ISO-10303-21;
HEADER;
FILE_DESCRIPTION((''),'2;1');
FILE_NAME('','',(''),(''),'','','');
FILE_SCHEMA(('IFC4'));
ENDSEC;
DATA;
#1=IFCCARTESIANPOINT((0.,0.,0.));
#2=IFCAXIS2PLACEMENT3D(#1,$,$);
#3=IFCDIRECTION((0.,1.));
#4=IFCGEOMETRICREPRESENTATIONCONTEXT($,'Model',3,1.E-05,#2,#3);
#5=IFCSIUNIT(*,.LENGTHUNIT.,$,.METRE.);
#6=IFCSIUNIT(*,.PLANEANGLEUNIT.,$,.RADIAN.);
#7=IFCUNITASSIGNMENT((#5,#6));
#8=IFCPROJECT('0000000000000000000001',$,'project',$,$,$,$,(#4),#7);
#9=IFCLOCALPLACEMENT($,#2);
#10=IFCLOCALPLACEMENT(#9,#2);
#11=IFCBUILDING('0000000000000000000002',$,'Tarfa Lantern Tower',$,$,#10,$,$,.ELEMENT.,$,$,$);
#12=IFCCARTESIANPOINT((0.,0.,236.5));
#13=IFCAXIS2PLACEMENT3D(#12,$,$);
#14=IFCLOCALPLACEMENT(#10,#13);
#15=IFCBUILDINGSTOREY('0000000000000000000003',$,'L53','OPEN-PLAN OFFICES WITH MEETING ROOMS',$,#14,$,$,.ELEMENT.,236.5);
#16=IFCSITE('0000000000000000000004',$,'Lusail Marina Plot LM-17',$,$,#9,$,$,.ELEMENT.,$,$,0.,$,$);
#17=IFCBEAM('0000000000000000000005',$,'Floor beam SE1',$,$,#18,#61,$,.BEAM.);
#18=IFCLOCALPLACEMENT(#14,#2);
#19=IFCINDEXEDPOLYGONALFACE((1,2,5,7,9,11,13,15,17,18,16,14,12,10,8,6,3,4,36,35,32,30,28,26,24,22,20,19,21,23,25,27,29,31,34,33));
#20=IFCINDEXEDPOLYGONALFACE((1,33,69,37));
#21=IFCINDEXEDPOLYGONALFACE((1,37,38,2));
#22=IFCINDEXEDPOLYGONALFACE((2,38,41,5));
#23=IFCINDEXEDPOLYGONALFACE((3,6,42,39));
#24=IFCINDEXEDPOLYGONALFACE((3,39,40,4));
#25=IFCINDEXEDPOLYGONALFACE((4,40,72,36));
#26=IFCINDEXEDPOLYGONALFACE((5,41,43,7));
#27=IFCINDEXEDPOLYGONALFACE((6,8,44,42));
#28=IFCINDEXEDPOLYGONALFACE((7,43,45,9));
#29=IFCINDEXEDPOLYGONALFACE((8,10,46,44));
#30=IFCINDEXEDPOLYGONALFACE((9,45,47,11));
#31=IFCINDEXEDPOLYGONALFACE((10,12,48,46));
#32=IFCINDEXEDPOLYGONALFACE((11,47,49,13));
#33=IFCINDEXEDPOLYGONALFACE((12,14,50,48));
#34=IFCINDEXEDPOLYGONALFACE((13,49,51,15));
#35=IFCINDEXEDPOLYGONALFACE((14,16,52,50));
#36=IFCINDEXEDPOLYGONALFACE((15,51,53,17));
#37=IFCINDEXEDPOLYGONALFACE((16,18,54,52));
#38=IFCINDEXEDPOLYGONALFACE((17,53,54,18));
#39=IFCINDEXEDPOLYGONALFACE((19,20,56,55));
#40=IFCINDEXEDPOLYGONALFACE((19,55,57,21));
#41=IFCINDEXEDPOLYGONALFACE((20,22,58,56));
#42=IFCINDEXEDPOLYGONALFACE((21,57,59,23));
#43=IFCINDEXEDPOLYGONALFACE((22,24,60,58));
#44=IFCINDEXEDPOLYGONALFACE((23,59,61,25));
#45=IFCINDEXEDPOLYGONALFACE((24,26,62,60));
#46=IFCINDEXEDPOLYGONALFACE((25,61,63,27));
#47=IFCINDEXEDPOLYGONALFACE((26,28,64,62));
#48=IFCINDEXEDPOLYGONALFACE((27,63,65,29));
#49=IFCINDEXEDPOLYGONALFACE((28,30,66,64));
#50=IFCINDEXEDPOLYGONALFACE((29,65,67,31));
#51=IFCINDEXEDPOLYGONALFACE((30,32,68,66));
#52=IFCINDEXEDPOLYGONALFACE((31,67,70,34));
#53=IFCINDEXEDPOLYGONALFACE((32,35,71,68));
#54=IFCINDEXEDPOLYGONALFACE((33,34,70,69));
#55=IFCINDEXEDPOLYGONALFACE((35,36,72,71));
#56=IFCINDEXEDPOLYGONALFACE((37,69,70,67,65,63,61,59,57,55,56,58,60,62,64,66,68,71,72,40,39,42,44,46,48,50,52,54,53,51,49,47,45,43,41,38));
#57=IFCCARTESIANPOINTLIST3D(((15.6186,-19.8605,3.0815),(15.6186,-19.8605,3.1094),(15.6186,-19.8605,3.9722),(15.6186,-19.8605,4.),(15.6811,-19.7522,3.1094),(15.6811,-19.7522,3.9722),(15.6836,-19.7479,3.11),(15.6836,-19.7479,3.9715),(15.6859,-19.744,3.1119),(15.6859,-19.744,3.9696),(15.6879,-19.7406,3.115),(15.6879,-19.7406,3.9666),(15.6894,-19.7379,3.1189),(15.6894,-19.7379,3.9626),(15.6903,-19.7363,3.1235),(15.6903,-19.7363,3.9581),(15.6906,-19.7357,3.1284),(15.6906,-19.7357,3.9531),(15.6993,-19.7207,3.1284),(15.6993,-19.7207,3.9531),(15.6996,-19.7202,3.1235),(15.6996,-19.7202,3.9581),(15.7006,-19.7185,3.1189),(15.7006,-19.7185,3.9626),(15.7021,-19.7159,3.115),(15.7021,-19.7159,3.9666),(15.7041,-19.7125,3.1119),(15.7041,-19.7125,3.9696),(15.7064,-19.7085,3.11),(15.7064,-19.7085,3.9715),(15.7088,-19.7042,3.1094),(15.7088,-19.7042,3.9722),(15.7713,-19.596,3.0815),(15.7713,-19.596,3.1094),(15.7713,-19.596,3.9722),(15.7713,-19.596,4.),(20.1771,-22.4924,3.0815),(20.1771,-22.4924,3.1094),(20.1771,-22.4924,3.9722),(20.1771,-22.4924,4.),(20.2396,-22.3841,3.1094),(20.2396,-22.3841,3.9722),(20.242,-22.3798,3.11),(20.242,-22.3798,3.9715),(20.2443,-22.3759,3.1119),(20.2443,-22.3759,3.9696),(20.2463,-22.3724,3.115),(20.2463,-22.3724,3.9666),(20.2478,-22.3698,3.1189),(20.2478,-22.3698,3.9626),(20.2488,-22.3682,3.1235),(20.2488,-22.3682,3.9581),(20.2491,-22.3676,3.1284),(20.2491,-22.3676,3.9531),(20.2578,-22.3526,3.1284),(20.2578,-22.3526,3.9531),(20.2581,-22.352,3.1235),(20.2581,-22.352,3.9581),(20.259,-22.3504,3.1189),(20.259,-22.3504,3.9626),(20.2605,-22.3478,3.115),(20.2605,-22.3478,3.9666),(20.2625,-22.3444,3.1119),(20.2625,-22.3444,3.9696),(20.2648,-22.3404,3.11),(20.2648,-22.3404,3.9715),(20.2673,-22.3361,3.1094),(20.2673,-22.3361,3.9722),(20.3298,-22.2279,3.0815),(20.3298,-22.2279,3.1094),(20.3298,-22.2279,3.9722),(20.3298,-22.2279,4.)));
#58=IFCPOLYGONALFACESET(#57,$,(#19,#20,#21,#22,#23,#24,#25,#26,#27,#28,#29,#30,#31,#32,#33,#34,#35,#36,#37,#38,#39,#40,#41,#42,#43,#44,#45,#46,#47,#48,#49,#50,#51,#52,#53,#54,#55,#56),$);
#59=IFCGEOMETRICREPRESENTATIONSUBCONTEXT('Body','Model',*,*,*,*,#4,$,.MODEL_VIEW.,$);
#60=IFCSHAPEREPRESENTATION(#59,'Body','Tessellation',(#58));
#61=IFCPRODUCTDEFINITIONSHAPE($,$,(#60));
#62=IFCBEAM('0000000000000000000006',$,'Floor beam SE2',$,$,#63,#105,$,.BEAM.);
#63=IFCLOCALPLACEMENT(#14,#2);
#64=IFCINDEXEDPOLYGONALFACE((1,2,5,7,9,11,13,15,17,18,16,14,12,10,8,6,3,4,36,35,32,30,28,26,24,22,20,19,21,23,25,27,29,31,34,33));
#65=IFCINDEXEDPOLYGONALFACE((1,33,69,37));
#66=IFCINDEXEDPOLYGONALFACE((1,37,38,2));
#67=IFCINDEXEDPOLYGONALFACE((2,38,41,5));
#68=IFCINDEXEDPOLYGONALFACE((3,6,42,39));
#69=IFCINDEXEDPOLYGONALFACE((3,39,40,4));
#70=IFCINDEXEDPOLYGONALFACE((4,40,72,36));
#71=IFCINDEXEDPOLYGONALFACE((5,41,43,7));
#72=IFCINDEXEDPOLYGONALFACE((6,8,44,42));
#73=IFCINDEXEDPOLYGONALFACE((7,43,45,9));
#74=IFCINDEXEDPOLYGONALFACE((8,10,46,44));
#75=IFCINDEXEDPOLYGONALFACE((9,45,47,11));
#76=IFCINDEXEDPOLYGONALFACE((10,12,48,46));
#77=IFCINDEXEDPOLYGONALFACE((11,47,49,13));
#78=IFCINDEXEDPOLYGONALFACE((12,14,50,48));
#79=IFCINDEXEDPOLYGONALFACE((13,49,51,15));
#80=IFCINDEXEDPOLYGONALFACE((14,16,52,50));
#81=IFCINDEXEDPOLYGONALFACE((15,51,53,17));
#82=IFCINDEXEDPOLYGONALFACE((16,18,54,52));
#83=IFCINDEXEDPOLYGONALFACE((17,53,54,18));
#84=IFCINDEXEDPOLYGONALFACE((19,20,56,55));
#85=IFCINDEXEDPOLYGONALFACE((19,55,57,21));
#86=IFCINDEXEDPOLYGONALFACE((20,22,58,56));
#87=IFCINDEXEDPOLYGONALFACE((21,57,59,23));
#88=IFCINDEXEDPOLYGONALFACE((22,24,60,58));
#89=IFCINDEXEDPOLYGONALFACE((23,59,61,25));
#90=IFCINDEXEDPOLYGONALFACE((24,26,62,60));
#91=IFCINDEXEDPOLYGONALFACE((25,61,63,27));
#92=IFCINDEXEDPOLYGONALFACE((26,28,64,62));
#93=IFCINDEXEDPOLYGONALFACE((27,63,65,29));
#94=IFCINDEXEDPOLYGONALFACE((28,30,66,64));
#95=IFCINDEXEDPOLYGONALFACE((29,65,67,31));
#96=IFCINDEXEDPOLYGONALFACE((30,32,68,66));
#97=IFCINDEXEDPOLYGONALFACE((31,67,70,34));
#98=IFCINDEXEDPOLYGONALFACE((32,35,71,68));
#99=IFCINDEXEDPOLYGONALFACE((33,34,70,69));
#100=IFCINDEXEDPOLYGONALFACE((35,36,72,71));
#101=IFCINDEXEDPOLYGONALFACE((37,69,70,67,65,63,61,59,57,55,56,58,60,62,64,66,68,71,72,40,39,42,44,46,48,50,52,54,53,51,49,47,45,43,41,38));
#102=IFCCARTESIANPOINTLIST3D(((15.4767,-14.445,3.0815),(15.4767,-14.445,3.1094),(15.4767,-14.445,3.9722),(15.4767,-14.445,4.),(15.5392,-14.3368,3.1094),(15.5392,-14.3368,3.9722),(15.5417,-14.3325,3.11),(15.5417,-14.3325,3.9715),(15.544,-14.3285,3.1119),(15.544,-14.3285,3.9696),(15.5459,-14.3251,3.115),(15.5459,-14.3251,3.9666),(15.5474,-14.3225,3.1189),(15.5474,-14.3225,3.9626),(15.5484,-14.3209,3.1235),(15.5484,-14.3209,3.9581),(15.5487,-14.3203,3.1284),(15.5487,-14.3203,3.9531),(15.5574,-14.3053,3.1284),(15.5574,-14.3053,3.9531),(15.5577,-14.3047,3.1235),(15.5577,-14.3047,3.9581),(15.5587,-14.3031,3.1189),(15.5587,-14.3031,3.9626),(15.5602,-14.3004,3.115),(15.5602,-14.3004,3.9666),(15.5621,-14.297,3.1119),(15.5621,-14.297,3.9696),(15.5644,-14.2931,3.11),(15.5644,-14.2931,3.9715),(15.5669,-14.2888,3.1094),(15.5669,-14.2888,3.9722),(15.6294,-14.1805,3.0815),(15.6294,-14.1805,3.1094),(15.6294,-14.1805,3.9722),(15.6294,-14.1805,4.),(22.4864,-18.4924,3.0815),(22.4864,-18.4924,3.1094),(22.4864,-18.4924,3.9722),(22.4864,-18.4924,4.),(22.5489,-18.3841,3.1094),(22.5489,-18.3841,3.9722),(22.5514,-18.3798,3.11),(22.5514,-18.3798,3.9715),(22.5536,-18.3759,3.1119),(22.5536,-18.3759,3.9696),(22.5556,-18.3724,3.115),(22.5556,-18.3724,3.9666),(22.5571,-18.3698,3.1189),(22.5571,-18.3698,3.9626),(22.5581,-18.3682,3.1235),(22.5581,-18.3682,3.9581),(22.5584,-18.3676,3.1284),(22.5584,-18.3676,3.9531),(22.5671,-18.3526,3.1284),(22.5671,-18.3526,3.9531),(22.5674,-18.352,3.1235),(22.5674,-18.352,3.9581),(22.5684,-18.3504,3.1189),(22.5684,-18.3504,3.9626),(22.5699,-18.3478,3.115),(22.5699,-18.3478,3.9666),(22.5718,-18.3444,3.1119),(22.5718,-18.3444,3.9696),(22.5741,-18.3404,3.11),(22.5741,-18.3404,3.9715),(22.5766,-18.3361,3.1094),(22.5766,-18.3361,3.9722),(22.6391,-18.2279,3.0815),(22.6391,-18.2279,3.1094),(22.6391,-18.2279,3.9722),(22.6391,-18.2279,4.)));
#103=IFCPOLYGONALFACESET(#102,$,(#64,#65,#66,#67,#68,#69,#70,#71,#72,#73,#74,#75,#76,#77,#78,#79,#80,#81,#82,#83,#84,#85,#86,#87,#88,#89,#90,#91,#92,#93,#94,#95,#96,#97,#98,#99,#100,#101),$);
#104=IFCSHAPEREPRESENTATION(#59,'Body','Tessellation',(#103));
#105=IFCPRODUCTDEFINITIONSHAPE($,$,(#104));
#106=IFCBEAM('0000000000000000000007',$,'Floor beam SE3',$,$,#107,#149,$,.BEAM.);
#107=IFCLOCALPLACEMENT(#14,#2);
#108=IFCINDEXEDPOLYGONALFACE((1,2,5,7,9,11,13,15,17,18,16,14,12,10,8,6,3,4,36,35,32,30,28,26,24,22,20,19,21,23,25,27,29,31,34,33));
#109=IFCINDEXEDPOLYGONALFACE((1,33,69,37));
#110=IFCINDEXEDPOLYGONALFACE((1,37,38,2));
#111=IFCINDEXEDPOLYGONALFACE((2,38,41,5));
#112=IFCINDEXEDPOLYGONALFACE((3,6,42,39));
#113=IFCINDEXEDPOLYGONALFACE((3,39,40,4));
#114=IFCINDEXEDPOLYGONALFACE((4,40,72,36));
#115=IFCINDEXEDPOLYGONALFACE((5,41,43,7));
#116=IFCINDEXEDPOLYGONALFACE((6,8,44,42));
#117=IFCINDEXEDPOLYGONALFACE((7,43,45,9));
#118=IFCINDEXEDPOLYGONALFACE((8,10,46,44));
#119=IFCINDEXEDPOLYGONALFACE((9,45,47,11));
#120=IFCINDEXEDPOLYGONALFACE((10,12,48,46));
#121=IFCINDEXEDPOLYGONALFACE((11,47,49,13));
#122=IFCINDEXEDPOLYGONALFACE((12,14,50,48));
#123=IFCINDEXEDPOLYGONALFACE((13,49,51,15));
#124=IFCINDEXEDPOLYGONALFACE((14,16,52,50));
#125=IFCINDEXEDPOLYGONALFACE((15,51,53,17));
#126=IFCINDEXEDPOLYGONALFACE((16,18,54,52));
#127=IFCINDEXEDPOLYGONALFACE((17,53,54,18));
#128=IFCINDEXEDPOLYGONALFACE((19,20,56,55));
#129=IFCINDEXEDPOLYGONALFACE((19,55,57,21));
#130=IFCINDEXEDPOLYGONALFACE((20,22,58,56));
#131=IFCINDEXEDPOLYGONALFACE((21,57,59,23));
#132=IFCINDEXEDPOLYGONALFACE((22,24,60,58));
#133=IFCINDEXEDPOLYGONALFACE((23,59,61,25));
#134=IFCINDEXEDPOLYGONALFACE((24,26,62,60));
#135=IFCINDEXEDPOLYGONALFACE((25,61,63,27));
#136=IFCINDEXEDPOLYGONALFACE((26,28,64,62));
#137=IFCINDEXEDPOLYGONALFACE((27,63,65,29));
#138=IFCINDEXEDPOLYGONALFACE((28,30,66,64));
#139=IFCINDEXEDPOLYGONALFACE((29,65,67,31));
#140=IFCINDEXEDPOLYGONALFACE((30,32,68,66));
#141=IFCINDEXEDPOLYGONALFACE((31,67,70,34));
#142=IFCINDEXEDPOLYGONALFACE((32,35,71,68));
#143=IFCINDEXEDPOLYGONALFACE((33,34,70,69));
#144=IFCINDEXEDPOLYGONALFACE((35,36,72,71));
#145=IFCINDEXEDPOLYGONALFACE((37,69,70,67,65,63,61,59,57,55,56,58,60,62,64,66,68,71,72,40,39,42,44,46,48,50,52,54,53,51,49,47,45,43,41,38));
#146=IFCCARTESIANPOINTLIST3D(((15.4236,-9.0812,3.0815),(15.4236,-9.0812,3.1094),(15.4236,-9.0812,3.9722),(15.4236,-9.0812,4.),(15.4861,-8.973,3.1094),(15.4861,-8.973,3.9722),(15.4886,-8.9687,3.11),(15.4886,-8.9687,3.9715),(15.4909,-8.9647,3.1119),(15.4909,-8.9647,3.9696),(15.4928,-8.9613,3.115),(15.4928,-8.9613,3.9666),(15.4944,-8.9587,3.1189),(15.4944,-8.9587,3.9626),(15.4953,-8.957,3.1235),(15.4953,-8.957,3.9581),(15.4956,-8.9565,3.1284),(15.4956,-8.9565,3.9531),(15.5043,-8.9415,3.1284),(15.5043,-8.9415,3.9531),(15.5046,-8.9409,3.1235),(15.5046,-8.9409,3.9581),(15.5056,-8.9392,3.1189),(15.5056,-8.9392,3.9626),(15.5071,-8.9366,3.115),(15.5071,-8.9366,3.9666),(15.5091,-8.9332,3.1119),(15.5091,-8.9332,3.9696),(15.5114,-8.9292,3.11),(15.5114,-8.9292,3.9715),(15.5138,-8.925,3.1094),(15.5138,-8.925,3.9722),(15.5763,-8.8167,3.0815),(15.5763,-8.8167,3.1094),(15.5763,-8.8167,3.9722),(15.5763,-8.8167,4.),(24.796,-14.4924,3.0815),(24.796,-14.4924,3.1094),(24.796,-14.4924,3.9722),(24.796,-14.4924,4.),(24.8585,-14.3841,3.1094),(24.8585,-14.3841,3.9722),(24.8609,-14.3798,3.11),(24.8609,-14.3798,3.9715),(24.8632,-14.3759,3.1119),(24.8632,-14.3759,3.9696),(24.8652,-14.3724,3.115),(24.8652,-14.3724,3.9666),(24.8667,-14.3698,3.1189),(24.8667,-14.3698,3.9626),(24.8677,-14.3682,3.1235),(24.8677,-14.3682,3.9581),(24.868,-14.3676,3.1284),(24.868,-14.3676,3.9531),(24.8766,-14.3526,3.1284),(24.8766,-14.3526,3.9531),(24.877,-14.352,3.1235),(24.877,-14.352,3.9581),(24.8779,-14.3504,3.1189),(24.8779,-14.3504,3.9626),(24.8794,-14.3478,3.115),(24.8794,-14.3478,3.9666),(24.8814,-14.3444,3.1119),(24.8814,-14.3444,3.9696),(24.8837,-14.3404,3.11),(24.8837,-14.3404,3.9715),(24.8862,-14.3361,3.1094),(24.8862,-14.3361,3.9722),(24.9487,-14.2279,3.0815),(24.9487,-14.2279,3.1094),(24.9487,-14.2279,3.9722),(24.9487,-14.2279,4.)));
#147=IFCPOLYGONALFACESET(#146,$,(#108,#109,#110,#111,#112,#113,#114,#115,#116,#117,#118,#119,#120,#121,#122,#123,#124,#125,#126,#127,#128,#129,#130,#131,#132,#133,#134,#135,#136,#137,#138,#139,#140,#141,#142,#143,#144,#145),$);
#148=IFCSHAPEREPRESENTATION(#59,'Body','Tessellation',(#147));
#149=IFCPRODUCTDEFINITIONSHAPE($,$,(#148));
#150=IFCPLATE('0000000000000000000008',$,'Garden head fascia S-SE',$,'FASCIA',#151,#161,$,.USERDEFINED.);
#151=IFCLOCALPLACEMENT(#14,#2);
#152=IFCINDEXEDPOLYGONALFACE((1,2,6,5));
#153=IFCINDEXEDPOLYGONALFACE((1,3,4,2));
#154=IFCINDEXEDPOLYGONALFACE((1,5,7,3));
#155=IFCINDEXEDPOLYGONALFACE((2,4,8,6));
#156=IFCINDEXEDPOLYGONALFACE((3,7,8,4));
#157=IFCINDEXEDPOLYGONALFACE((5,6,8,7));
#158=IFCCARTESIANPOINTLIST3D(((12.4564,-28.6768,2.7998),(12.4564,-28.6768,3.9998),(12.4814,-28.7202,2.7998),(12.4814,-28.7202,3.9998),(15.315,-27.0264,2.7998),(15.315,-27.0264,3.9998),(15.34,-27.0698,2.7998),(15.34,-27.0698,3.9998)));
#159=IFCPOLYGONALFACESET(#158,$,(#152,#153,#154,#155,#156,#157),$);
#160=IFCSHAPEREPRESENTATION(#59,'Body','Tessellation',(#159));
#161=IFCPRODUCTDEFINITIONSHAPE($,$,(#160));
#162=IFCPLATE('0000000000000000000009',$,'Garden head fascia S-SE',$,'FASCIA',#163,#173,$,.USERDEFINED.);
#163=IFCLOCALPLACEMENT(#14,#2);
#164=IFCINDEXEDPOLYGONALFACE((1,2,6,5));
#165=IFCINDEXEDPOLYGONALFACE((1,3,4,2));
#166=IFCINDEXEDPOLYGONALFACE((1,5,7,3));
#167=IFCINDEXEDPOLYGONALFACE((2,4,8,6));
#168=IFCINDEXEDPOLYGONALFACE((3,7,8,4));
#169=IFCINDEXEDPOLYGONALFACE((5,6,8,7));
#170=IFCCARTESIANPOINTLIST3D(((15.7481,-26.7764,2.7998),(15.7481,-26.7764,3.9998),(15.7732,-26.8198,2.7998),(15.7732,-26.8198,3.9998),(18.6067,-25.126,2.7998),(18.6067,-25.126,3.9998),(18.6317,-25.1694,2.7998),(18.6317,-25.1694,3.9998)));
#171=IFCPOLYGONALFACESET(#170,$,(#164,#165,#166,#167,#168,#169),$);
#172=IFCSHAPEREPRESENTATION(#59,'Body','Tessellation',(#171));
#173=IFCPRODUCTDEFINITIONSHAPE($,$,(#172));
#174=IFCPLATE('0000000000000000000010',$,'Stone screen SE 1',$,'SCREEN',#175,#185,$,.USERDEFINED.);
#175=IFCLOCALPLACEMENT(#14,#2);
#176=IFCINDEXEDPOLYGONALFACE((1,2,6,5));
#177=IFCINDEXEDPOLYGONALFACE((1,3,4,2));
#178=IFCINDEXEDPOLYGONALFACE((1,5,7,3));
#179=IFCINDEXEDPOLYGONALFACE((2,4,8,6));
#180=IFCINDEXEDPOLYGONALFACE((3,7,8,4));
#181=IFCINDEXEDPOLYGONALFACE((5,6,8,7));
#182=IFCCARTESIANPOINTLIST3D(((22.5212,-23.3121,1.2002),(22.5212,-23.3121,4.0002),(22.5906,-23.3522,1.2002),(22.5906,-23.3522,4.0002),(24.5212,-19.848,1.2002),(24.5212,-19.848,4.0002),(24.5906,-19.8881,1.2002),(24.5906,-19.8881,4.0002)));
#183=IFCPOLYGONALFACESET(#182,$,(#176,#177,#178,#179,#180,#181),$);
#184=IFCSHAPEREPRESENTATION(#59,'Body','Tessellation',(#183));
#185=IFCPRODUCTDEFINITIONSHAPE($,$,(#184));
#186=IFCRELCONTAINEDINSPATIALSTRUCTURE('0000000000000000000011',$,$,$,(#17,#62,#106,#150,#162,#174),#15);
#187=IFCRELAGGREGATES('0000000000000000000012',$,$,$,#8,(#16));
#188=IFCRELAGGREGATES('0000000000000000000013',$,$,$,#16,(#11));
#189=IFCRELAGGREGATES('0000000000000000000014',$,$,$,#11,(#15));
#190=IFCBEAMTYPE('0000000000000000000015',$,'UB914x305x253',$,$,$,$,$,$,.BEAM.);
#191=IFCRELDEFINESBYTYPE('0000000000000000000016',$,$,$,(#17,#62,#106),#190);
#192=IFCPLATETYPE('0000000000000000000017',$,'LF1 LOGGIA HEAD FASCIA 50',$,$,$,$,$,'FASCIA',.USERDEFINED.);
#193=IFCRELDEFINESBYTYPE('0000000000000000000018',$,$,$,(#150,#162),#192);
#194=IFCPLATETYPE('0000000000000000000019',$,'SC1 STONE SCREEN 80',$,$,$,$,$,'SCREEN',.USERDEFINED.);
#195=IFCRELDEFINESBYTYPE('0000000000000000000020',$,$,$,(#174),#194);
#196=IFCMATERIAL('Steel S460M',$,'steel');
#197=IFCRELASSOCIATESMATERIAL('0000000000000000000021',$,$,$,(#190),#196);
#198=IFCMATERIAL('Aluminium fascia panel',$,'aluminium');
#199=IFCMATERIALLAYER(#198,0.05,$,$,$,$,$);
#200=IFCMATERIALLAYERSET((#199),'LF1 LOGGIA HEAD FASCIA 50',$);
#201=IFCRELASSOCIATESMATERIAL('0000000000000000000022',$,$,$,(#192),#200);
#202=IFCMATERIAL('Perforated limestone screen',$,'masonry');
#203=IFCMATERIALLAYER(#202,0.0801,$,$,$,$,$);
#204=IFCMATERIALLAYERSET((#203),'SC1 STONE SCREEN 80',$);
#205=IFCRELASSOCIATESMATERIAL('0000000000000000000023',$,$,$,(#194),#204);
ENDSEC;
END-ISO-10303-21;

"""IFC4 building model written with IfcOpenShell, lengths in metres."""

from ifc_helpers import new_model, si_unit, direction, frame, origin, origin_2d, place, context, subcontext, project, spatial, rectangle, i_section, extrude, material, layer, layer_set, material_profile, profile_set, type_object, element, save


model = new_model("IFC4")

# Units and contexts
model_context = context("Model", 3, precision=1e-05, world=origin(), true_north=direction((0.0, 1.0)))
body_context = subcontext(model_context, "Body", "Model", "MODEL_VIEW")
ifc_project = project(units=[si_unit("LENGTHUNIT", "METRE"), si_unit("PLANEANGLEUNIT", "RADIAN")], contexts=[model_context])

# Site, building, storey
site_placement = place(None, origin())
site = spatial("IfcSite", under=ifc_project, at=site_placement, Name="Lusail Marina Plot LM-17", CompositionType="ELEMENT", RefElevation=0.0)
building_placement = place(site_placement, origin())
building = spatial("IfcBuilding", under=site, at=building_placement, Name="Tarfa Lantern Tower", CompositionType="ELEMENT")
storey_placement = place(building_placement, frame((0.0, 0.0, 236.5)))
storey = spatial("IfcBuildingStorey", under=building, at=storey_placement, Name="L53", Description="OPEN-PLAN OFFICES WITH MEETING ROOMS", CompositionType="ELEMENT", Elevation=236.5)

# Beams
ifc_material_1 = material(Name="Steel S460M", Category="steel")
ifc_material_profile_1 = material_profile(ifc_material_1, i_section(OverallWidth=0.3054, OverallDepth=0.9185, WebThickness=0.0173, FlangeThickness=0.0278, FilletRadius=0.019, at=origin_2d()), Name="UB914x305x253")
ifc_profile_set_1 = profile_set([ifc_material_profile_1], Name="Steel S460M")
beam_type_1 = type_object("IfcBeamType", Name="UB914x305x253", PredefinedType="BEAM", material=ifc_profile_set_1)
beam_1_placement = place(storey_placement, frame((20.2534, -22.3601, 3.5408), z_axis=(-0.86602, 0.50001, 0.0), x_axis=(-0.50001, -0.86602, 0.0)))
element("IfcBeam", 1, at=beam_1_placement, inside=storey, type_object=beam_type_1, Name="Floor beam SE1", PredefinedType="BEAM", context=body_context, shape_type="SweptSolid", body=[
    extrude(i_section(OverallWidth=0.3054, OverallDepth=0.9185, WebThickness=0.0173, FlangeThickness=0.0278, FilletRadius=0.019, at=origin_2d()), origin(), (0.0, 0.0, 1.0), 5.2637),
])
beam_2_placement = place(storey_placement, frame((22.5627, -18.3601, 3.5408), z_axis=(-0.866011, 0.500025, 0.0), x_axis=(-0.500025, -0.866011, 0.0)))
element("IfcBeam", 2, at=beam_2_placement, inside=storey, type_object=beam_type_1, Name="Floor beam SE2", PredefinedType="BEAM", context=body_context, shape_type="SweptSolid", body=[
    extrude(i_section(OverallWidth=0.3054, OverallDepth=0.9185, WebThickness=0.0173, FlangeThickness=0.0278, FilletRadius=0.019, at=origin_2d()), origin(), (0.0, 0.0, 1.0), 8.0942),
])
beam_3_placement = place(storey_placement, frame((24.8723, -14.3601, 3.5408), z_axis=(-0.866024, 0.500002, 0.0), x_axis=(-0.500002, -0.866024, 0.0)))
element("IfcBeam", 3, at=beam_3_placement, inside=storey, type_object=beam_type_1, Name="Floor beam SE3", PredefinedType="BEAM", context=body_context, shape_type="SweptSolid", body=[
    extrude(i_section(OverallWidth=0.3054, OverallDepth=0.9185, WebThickness=0.0173, FlangeThickness=0.0278, FilletRadius=0.019, at=origin_2d()), origin(), (0.0, 0.0, 1.0), 10.8223),
])

# Plates
ifc_material_2 = material(Name="Aluminium fascia panel", Category="aluminium")
ifc_layer_1 = layer(ifc_material_2, 0.05)
ifc_layer_set_1 = layer_set([ifc_layer_1], Name="LF1 LOGGIA HEAD FASCIA 50")
plate_type_1 = type_object("IfcPlateType", Name="LF1 LOGGIA HEAD FASCIA 50", ElementType="FASCIA", PredefinedType="USERDEFINED", material=ifc_layer_set_1)
for number, where, z_axis, x_axis, name in (
    (4, (13.8982, -27.8733, 2.7998), (0.0, 0.0, 1.0), (0.866025, 0.5, 0.0), "Garden head fascia S-SE"),
    (5, (17.1899, -25.9729, 2.7998), (0.0, 0.0, 1.0), (0.866025, 0.5, 0.0), "Garden head fascia S-SE"),
):
    element("IfcPlate", number, at=place(storey_placement, frame(where, z_axis=z_axis, x_axis=x_axis)), inside=storey, type_object=plate_type_1, Name=name, ObjectType="FASCIA", PredefinedType="USERDEFINED", context=body_context, shape_type="SweptSolid", body=[
        extrude(rectangle(XDim=3.3008, YDim=0.05, at=origin_2d()), origin(), (0.0, 0.0, 1.0), 1.2),
    ])
ifc_material_3 = material(Name="Perforated limestone screen", Category="masonry")
ifc_layer_2 = layer(ifc_material_3, 0.0801)
ifc_layer_set_2 = layer_set([ifc_layer_2], Name="SC1 STONE SCREEN 80")
plate_type_2 = type_object("IfcPlateType", Name="SC1 STONE SCREEN 80", ElementType="SCREEN", PredefinedType="USERDEFINED", material=ifc_layer_set_2)
plate_placement = place(storey_placement, frame((23.5559, -21.6001, 1.2002), z_axis=(0.0, 0.0, 1.0), x_axis=(0.5, 0.866025, 0.0)))
element("IfcPlate", 6, at=plate_placement, inside=storey, type_object=plate_type_2, Name="Stone screen SE 1", ObjectType="SCREEN", PredefinedType="USERDEFINED", context=body_context, shape_type="SweptSolid", body=[
    extrude(rectangle(XDim=4.0, YDim=0.0801, at=origin_2d()), origin(), (0.0, 0.0, 1.0), 2.8),
])

save(model, "model.ifc")
